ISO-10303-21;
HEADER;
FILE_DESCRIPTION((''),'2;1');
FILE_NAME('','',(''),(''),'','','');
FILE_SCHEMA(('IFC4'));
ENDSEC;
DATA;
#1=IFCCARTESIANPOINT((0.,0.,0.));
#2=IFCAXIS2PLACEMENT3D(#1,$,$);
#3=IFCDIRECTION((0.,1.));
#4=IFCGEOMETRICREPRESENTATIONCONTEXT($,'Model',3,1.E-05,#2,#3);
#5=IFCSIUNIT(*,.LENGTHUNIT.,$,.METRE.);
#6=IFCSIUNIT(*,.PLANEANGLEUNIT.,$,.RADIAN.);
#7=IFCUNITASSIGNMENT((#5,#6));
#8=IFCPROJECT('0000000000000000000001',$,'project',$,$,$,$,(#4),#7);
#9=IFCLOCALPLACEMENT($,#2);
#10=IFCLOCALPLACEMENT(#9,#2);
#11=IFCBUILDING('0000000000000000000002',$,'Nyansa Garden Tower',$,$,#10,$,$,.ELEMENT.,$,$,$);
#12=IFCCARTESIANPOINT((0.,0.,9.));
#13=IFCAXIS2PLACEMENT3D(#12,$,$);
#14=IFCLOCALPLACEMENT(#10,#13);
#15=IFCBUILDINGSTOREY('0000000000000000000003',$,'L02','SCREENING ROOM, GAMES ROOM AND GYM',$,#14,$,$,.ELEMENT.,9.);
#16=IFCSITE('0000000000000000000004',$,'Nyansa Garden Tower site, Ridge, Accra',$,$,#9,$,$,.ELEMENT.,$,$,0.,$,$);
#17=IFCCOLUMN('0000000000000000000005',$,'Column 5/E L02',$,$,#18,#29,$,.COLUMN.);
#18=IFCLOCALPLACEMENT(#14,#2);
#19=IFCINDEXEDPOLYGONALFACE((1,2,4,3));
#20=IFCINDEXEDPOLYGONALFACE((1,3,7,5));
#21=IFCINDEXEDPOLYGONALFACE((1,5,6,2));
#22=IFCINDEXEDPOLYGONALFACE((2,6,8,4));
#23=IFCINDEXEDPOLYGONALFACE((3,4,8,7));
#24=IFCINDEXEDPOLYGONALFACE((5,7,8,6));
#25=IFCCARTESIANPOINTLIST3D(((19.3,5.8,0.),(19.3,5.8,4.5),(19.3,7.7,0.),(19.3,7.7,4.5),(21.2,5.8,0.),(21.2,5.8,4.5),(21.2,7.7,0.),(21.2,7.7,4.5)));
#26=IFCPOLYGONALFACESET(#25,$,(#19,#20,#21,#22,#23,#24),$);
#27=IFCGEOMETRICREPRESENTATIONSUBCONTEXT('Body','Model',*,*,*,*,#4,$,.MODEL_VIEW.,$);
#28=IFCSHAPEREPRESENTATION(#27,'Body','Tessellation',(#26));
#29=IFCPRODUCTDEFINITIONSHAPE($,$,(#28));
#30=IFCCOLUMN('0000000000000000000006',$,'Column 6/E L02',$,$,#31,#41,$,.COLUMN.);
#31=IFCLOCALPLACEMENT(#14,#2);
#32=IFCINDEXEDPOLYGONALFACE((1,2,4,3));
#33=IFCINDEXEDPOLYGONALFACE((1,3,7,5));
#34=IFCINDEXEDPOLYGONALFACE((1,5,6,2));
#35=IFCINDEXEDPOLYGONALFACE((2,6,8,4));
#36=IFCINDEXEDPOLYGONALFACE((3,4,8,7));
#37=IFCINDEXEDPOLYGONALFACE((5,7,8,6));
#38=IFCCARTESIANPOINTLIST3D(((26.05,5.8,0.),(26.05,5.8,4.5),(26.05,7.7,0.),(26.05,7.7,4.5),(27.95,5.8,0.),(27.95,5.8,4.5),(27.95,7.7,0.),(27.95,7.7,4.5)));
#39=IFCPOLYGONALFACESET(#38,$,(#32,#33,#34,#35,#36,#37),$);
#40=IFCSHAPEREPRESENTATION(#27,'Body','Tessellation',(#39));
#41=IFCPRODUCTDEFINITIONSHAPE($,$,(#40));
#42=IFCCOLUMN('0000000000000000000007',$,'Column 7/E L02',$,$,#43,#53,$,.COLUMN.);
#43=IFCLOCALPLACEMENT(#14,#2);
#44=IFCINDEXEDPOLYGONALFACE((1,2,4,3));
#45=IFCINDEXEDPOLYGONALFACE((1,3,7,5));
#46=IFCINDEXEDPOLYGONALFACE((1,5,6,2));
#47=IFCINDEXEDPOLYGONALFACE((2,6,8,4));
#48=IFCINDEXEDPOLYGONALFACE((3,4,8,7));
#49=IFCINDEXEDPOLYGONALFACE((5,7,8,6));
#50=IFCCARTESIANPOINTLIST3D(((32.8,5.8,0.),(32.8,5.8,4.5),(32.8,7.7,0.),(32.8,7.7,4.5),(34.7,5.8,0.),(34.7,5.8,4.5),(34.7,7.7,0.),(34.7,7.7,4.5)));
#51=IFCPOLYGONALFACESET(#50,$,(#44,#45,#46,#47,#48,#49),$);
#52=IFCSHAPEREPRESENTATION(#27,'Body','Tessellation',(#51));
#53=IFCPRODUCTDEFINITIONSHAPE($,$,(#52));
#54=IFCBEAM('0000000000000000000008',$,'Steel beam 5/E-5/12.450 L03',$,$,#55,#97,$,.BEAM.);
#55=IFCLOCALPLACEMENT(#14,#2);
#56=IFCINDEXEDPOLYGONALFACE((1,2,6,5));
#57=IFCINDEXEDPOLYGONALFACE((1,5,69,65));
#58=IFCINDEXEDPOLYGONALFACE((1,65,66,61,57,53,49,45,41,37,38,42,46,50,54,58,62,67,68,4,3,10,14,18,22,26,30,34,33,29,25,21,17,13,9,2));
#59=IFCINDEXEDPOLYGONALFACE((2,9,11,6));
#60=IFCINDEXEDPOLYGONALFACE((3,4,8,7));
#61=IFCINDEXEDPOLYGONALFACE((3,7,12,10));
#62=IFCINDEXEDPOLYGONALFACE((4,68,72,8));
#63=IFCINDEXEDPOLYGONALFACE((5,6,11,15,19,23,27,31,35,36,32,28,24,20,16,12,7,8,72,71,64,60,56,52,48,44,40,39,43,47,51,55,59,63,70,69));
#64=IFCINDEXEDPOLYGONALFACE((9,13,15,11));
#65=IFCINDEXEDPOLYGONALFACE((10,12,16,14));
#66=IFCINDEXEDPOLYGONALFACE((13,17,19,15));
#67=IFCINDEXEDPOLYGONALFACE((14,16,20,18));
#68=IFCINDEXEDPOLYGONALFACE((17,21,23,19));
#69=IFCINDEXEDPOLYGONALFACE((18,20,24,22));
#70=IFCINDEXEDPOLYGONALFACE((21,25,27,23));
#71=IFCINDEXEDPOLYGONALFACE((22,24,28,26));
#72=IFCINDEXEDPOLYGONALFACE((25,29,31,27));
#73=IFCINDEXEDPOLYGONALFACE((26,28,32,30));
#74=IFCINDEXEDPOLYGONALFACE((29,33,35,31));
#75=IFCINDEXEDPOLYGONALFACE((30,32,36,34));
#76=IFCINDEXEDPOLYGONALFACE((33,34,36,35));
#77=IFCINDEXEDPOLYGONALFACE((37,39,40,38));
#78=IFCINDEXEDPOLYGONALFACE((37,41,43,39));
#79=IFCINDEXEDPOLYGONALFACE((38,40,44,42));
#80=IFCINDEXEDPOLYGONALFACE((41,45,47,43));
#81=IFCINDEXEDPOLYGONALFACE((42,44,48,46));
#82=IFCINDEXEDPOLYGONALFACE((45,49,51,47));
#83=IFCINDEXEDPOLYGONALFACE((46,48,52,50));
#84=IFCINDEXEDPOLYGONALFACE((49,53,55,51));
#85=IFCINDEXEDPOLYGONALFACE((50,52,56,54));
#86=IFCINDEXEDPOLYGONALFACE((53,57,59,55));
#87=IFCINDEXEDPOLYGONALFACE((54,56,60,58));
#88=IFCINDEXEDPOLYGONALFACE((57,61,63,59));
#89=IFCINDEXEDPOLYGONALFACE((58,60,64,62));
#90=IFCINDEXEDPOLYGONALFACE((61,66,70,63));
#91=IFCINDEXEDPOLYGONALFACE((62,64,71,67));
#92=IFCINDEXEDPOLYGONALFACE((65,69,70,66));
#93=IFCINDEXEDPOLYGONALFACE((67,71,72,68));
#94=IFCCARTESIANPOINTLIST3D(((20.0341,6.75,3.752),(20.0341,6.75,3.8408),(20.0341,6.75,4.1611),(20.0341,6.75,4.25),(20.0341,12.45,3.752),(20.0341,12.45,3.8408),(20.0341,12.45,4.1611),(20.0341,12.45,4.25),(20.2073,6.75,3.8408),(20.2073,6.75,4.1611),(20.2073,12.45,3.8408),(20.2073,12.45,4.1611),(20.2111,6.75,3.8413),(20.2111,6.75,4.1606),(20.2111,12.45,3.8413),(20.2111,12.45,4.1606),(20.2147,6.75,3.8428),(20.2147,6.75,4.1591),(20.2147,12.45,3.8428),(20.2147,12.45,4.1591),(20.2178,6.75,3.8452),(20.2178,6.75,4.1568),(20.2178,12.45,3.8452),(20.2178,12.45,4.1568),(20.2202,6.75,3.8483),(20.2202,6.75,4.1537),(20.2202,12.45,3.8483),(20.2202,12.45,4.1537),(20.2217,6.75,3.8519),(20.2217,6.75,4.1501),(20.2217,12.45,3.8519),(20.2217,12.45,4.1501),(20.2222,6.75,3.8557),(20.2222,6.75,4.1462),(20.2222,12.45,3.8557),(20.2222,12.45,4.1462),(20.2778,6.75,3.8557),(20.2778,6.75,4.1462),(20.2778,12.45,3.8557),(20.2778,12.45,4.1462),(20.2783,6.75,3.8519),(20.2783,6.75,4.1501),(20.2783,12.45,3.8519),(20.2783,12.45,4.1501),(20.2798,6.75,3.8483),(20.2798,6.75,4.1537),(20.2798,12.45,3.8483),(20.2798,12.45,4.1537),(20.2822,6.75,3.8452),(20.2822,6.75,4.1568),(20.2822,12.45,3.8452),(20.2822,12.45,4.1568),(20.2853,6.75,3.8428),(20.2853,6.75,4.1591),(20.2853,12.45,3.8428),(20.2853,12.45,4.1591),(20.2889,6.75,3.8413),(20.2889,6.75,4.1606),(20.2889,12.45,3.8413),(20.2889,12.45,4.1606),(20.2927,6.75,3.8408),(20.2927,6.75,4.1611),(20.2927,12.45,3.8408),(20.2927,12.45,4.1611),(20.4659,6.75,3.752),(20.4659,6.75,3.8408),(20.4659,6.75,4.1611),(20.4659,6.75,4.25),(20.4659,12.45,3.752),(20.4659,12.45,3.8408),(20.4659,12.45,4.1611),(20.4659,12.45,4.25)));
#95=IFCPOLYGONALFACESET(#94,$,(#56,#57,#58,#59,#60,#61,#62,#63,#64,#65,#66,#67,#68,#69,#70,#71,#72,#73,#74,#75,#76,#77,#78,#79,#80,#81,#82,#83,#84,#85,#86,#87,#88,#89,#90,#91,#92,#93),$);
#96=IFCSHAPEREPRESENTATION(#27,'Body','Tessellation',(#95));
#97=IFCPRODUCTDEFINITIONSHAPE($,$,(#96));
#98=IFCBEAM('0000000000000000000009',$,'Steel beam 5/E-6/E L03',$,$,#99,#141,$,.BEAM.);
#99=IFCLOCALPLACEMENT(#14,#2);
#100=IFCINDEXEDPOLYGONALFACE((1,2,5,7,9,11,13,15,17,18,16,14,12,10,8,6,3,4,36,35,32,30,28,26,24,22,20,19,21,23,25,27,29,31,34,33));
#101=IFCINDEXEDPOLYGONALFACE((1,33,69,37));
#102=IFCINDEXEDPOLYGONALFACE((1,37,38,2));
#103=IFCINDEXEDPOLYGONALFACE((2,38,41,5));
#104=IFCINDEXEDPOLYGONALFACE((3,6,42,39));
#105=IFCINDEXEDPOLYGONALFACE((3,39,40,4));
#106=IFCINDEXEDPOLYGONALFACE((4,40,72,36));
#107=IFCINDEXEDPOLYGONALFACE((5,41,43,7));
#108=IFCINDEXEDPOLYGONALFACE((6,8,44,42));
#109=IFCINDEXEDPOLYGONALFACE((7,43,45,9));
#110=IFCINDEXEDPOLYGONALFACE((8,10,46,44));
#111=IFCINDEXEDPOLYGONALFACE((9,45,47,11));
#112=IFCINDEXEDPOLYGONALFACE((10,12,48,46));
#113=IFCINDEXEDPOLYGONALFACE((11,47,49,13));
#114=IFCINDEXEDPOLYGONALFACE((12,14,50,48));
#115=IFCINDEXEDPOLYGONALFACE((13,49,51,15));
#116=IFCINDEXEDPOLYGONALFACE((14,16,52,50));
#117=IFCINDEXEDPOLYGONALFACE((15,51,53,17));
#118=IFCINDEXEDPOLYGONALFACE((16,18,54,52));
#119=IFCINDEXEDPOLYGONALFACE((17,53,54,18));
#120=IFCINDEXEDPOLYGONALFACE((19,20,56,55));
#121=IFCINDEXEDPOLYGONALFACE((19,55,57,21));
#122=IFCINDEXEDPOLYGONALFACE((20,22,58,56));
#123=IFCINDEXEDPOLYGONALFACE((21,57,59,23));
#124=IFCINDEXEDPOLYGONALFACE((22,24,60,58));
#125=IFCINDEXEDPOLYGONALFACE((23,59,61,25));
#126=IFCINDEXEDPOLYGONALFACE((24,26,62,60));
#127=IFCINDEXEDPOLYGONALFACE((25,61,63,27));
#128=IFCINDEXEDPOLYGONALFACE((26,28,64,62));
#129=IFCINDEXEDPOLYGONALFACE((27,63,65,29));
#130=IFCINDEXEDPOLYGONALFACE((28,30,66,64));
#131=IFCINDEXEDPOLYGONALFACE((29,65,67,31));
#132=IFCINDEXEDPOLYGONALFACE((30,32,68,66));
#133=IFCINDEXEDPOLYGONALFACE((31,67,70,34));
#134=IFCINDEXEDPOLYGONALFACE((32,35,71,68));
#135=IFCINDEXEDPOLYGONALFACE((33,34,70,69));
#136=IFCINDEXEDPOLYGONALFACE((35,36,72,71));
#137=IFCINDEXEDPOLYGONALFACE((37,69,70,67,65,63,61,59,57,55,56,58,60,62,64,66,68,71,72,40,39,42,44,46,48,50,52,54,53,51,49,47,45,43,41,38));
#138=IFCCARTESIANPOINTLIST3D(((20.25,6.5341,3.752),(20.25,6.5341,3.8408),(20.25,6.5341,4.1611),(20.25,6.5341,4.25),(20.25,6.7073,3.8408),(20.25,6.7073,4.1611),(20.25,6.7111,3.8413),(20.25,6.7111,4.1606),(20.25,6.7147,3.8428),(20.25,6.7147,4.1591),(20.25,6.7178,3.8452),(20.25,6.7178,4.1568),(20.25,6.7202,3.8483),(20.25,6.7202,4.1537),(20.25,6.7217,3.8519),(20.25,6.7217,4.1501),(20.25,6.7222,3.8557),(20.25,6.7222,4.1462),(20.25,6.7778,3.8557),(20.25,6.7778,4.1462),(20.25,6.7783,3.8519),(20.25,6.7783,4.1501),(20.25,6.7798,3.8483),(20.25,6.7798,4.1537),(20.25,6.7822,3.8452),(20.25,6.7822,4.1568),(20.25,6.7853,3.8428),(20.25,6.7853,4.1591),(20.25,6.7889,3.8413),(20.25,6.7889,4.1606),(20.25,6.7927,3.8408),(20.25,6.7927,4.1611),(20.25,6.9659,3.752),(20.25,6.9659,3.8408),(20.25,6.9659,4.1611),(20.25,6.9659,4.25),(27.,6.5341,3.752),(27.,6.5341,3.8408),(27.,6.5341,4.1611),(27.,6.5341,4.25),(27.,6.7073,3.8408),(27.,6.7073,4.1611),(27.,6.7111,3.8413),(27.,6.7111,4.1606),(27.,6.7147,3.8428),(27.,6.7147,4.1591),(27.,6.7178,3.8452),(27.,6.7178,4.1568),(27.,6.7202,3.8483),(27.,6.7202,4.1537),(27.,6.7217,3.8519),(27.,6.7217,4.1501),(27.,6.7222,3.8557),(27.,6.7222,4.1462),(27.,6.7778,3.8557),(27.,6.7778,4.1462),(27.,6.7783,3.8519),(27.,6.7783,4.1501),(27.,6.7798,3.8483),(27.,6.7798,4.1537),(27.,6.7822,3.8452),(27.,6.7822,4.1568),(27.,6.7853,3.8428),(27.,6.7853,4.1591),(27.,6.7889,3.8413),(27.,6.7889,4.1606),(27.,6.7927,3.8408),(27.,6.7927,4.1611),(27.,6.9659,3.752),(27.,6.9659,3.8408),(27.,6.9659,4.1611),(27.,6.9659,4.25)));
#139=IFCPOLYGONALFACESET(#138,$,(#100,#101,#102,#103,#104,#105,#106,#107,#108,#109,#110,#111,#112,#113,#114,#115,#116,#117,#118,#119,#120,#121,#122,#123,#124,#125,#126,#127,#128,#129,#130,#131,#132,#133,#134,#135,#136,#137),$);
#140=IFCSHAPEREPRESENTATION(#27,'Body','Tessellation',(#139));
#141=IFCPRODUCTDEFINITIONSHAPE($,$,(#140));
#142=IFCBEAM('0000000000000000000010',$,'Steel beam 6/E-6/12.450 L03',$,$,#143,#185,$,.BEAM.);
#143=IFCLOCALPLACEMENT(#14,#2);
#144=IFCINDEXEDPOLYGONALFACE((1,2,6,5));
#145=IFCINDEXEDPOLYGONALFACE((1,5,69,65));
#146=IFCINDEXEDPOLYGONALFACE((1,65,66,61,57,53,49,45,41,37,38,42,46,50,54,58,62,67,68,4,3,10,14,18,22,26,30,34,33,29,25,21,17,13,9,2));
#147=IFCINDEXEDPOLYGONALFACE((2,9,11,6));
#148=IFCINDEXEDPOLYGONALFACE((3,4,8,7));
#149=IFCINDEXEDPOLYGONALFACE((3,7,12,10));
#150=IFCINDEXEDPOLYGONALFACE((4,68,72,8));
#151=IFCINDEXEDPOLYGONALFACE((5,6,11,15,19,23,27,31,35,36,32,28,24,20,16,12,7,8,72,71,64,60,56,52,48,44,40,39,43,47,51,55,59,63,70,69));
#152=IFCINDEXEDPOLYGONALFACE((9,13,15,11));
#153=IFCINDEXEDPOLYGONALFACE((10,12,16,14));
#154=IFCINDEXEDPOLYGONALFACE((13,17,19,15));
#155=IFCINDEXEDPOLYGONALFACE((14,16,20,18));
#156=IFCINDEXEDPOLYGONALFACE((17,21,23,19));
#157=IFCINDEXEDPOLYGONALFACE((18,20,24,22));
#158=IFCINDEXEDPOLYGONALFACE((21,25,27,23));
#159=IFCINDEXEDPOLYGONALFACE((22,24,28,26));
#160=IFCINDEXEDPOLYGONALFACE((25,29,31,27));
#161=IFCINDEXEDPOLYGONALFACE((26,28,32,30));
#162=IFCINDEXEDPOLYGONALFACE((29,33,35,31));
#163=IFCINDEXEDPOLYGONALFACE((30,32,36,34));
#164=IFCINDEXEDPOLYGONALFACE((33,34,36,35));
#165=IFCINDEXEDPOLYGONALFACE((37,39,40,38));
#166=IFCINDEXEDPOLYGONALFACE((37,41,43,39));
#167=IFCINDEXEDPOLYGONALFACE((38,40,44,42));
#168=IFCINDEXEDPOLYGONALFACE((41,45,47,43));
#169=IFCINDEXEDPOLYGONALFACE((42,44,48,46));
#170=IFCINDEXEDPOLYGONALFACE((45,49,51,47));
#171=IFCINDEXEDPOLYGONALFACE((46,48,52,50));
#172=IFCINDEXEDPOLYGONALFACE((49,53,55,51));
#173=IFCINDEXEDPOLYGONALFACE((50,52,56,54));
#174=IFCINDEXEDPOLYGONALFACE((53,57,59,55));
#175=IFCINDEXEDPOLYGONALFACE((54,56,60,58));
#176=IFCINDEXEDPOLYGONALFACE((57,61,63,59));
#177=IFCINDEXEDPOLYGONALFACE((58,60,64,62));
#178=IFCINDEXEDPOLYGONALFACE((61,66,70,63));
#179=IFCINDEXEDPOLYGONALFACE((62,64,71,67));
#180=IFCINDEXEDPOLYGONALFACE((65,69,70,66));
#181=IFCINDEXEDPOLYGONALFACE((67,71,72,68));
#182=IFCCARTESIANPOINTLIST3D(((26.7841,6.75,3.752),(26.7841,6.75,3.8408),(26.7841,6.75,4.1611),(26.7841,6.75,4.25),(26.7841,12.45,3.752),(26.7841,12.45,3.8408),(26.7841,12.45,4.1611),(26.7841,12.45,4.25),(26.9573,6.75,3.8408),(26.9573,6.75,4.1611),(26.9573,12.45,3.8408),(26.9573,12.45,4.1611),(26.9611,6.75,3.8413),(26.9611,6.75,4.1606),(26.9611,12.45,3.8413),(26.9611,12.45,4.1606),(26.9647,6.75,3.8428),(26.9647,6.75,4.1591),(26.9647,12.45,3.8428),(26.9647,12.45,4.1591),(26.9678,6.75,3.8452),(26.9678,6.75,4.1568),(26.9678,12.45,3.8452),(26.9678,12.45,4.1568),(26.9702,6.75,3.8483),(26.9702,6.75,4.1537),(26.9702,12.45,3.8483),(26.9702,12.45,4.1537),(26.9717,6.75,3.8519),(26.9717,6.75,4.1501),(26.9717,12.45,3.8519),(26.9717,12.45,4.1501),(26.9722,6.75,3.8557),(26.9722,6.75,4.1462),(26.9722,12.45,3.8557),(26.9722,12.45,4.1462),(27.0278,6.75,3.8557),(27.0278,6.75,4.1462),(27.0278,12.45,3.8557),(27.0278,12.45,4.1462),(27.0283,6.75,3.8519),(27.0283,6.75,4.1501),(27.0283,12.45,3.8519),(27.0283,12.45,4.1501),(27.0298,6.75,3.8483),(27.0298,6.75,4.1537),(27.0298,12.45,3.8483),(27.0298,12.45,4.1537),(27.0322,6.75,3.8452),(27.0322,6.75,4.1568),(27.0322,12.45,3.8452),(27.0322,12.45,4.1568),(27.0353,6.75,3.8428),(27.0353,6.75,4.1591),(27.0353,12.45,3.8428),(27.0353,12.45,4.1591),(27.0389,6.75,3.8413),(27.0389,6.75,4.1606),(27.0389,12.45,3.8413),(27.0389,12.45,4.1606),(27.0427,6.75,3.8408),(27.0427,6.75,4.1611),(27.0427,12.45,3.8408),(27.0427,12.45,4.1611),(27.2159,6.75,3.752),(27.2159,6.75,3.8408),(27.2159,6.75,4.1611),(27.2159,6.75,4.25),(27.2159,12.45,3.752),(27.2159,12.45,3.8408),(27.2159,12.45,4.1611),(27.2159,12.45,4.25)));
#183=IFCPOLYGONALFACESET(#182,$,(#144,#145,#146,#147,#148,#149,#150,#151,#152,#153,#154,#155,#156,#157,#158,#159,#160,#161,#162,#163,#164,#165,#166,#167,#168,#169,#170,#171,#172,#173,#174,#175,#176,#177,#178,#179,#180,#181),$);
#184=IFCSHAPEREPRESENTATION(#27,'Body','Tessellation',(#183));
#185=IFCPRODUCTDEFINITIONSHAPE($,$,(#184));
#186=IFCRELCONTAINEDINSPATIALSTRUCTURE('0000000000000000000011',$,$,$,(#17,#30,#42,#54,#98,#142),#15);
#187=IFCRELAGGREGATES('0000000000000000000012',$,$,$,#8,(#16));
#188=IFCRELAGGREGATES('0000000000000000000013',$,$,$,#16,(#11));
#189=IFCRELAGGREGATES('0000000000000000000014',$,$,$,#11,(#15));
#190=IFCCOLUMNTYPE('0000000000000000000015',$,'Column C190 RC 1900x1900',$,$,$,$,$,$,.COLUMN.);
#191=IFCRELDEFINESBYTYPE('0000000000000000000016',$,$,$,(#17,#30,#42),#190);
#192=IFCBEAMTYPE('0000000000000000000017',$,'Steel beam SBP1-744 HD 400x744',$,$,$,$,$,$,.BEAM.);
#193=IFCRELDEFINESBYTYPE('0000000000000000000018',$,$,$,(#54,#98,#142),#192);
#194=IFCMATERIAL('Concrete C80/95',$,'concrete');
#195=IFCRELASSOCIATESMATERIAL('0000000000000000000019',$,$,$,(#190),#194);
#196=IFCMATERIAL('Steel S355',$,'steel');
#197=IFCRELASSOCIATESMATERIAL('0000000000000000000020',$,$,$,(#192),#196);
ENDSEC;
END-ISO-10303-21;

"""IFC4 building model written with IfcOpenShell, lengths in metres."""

from ifc_helpers import new_model, si_unit, direction, frame, origin, origin_2d, place, context, subcontext, project, spatial, rectangle, i_section, extrude, material, material_profile, profile_set, type_object, element, save


model = new_model("IFC4")

# Units and contexts
model_context = context("Model", 3, precision=1e-05, world=origin(), true_north=direction((0.0, 1.0)))
body_context = subcontext(model_context, "Body", "Model", "MODEL_VIEW")
ifc_project = project(units=[si_unit("LENGTHUNIT", "METRE"), si_unit("PLANEANGLEUNIT", "RADIAN")], contexts=[model_context])

# Site, building, storey
site_placement = place(None, origin())
site = spatial("IfcSite", under=ifc_project, at=site_placement, Name="Nyansa Garden Tower site, Ridge, Accra", CompositionType="ELEMENT", RefElevation=0.0)
building_placement = place(site_placement, origin())
building = spatial("IfcBuilding", under=site, at=building_placement, Name="Nyansa Garden Tower", CompositionType="ELEMENT")
storey_placement = place(building_placement, frame((0.0, 0.0, 9.0)))
storey = spatial("IfcBuildingStorey", under=building, at=storey_placement, Name="L02", Description="SCREENING ROOM, GAMES ROOM AND GYM", CompositionType="ELEMENT", Elevation=9.0)

# Columns
ifc_material_1 = material(Name="Concrete C80/95", Category="concrete")
ifc_material_profile_1 = material_profile(ifc_material_1, rectangle(XDim=1.8999, YDim=1.8999, at=origin_2d()), Name="RC 1900x1900")
ifc_profile_set_1 = profile_set([ifc_material_profile_1], Name="Concrete C80/95")
column_type = type_object("IfcColumnType", Name="Column C190 RC 1900x1900", PredefinedType="COLUMN", material=ifc_profile_set_1)
for number, where, z_axis, x_axis, name in (
    (1, (20.25, 6.75, 0.0), (0.0, 0.0, 1.0), (1.0, 0.0, 0.0), "Column 5/E L02"),
    (2, (27.0, 6.75, 0.0), (0.0, 0.0, 1.0), (1.0, 0.0, 0.0), "Column 6/E L02"),
    (3, (33.75, 6.75, 0.0), (0.0, 0.0, 1.0), (1.0, 0.0, 0.0), "Column 7/E L02"),
):
    element("IfcColumn", number, at=place(storey_placement, frame(where, z_axis=z_axis, x_axis=x_axis)), inside=storey, type_object=column_type, Name=name, PredefinedType="COLUMN", context=body_context, shape_type="SweptSolid", body=[
        extrude(rectangle(XDim=1.8999, YDim=1.8999, at=origin_2d()), origin(), (0.0, 0.0, 1.0), 4.5),
    ])

# Beams
ifc_material_2 = material(Name="Steel S355", Category="steel")
ifc_material_profile_2 = material_profile(ifc_material_2, i_section(OverallWidth=0.4319, OverallDepth=0.498, WebThickness=0.0557, FlangeThickness=0.0889, FilletRadius=0.0149, at=origin_2d()), Name="HD 400x744")
ifc_profile_set_2 = profile_set([ifc_material_profile_2], Name="Steel S355")
beam_type = type_object("IfcBeamType", Name="Steel beam SBP1-744 HD 400x744", PredefinedType="BEAM", material=ifc_profile_set_2)
beam_1_placement = place(storey_placement, frame((20.25, 6.75, 4.001), z_axis=(0.0, 1.0, 0.0), x_axis=(-1.0, 0.0, 0.0)))
element("IfcBeam", 4, at=beam_1_placement, inside=storey, type_object=beam_type, Name="Steel beam 5/E-5/12.450 L03", PredefinedType="BEAM", context=body_context, shape_type="SweptSolid", body=[
    extrude(i_section(OverallWidth=0.4319, OverallDepth=0.498, WebThickness=0.0557, FlangeThickness=0.0889, FilletRadius=0.0149, at=origin_2d()), origin(), (0.0, 0.0, 1.0), 5.7),
])
beam_2_placement = place(storey_placement, frame((20.25, 6.75, 4.001), z_axis=(1.0, 0.0, 0.0), x_axis=(0.0, 1.0, 0.0)))
element("IfcBeam", 5, at=beam_2_placement, inside=storey, type_object=beam_type, Name="Steel beam 5/E-6/E L03", PredefinedType="BEAM", context=body_context, shape_type="SweptSolid", body=[
    extrude(i_section(OverallWidth=0.4319, OverallDepth=0.498, WebThickness=0.0557, FlangeThickness=0.0889, FilletRadius=0.0149, at=origin_2d()), origin(), (0.0, 0.0, 1.0), 6.75),
])
beam_3_placement = place(storey_placement, frame((27.0, 6.75, 4.001), z_axis=(0.0, 1.0, 0.0), x_axis=(-1.0, 0.0, 0.0)))
element("IfcBeam", 6, at=beam_3_placement, inside=storey, type_object=beam_type, Name="Steel beam 6/E-6/12.450 L03", PredefinedType="BEAM", context=body_context, shape_type="SweptSolid", body=[
    extrude(i_section(OverallWidth=0.4319, OverallDepth=0.498, WebThickness=0.0557, FlangeThickness=0.0889, FilletRadius=0.0149, at=origin_2d()), origin(), (0.0, 0.0, 1.0), 5.7),
])

save(model, "model.ifc")
